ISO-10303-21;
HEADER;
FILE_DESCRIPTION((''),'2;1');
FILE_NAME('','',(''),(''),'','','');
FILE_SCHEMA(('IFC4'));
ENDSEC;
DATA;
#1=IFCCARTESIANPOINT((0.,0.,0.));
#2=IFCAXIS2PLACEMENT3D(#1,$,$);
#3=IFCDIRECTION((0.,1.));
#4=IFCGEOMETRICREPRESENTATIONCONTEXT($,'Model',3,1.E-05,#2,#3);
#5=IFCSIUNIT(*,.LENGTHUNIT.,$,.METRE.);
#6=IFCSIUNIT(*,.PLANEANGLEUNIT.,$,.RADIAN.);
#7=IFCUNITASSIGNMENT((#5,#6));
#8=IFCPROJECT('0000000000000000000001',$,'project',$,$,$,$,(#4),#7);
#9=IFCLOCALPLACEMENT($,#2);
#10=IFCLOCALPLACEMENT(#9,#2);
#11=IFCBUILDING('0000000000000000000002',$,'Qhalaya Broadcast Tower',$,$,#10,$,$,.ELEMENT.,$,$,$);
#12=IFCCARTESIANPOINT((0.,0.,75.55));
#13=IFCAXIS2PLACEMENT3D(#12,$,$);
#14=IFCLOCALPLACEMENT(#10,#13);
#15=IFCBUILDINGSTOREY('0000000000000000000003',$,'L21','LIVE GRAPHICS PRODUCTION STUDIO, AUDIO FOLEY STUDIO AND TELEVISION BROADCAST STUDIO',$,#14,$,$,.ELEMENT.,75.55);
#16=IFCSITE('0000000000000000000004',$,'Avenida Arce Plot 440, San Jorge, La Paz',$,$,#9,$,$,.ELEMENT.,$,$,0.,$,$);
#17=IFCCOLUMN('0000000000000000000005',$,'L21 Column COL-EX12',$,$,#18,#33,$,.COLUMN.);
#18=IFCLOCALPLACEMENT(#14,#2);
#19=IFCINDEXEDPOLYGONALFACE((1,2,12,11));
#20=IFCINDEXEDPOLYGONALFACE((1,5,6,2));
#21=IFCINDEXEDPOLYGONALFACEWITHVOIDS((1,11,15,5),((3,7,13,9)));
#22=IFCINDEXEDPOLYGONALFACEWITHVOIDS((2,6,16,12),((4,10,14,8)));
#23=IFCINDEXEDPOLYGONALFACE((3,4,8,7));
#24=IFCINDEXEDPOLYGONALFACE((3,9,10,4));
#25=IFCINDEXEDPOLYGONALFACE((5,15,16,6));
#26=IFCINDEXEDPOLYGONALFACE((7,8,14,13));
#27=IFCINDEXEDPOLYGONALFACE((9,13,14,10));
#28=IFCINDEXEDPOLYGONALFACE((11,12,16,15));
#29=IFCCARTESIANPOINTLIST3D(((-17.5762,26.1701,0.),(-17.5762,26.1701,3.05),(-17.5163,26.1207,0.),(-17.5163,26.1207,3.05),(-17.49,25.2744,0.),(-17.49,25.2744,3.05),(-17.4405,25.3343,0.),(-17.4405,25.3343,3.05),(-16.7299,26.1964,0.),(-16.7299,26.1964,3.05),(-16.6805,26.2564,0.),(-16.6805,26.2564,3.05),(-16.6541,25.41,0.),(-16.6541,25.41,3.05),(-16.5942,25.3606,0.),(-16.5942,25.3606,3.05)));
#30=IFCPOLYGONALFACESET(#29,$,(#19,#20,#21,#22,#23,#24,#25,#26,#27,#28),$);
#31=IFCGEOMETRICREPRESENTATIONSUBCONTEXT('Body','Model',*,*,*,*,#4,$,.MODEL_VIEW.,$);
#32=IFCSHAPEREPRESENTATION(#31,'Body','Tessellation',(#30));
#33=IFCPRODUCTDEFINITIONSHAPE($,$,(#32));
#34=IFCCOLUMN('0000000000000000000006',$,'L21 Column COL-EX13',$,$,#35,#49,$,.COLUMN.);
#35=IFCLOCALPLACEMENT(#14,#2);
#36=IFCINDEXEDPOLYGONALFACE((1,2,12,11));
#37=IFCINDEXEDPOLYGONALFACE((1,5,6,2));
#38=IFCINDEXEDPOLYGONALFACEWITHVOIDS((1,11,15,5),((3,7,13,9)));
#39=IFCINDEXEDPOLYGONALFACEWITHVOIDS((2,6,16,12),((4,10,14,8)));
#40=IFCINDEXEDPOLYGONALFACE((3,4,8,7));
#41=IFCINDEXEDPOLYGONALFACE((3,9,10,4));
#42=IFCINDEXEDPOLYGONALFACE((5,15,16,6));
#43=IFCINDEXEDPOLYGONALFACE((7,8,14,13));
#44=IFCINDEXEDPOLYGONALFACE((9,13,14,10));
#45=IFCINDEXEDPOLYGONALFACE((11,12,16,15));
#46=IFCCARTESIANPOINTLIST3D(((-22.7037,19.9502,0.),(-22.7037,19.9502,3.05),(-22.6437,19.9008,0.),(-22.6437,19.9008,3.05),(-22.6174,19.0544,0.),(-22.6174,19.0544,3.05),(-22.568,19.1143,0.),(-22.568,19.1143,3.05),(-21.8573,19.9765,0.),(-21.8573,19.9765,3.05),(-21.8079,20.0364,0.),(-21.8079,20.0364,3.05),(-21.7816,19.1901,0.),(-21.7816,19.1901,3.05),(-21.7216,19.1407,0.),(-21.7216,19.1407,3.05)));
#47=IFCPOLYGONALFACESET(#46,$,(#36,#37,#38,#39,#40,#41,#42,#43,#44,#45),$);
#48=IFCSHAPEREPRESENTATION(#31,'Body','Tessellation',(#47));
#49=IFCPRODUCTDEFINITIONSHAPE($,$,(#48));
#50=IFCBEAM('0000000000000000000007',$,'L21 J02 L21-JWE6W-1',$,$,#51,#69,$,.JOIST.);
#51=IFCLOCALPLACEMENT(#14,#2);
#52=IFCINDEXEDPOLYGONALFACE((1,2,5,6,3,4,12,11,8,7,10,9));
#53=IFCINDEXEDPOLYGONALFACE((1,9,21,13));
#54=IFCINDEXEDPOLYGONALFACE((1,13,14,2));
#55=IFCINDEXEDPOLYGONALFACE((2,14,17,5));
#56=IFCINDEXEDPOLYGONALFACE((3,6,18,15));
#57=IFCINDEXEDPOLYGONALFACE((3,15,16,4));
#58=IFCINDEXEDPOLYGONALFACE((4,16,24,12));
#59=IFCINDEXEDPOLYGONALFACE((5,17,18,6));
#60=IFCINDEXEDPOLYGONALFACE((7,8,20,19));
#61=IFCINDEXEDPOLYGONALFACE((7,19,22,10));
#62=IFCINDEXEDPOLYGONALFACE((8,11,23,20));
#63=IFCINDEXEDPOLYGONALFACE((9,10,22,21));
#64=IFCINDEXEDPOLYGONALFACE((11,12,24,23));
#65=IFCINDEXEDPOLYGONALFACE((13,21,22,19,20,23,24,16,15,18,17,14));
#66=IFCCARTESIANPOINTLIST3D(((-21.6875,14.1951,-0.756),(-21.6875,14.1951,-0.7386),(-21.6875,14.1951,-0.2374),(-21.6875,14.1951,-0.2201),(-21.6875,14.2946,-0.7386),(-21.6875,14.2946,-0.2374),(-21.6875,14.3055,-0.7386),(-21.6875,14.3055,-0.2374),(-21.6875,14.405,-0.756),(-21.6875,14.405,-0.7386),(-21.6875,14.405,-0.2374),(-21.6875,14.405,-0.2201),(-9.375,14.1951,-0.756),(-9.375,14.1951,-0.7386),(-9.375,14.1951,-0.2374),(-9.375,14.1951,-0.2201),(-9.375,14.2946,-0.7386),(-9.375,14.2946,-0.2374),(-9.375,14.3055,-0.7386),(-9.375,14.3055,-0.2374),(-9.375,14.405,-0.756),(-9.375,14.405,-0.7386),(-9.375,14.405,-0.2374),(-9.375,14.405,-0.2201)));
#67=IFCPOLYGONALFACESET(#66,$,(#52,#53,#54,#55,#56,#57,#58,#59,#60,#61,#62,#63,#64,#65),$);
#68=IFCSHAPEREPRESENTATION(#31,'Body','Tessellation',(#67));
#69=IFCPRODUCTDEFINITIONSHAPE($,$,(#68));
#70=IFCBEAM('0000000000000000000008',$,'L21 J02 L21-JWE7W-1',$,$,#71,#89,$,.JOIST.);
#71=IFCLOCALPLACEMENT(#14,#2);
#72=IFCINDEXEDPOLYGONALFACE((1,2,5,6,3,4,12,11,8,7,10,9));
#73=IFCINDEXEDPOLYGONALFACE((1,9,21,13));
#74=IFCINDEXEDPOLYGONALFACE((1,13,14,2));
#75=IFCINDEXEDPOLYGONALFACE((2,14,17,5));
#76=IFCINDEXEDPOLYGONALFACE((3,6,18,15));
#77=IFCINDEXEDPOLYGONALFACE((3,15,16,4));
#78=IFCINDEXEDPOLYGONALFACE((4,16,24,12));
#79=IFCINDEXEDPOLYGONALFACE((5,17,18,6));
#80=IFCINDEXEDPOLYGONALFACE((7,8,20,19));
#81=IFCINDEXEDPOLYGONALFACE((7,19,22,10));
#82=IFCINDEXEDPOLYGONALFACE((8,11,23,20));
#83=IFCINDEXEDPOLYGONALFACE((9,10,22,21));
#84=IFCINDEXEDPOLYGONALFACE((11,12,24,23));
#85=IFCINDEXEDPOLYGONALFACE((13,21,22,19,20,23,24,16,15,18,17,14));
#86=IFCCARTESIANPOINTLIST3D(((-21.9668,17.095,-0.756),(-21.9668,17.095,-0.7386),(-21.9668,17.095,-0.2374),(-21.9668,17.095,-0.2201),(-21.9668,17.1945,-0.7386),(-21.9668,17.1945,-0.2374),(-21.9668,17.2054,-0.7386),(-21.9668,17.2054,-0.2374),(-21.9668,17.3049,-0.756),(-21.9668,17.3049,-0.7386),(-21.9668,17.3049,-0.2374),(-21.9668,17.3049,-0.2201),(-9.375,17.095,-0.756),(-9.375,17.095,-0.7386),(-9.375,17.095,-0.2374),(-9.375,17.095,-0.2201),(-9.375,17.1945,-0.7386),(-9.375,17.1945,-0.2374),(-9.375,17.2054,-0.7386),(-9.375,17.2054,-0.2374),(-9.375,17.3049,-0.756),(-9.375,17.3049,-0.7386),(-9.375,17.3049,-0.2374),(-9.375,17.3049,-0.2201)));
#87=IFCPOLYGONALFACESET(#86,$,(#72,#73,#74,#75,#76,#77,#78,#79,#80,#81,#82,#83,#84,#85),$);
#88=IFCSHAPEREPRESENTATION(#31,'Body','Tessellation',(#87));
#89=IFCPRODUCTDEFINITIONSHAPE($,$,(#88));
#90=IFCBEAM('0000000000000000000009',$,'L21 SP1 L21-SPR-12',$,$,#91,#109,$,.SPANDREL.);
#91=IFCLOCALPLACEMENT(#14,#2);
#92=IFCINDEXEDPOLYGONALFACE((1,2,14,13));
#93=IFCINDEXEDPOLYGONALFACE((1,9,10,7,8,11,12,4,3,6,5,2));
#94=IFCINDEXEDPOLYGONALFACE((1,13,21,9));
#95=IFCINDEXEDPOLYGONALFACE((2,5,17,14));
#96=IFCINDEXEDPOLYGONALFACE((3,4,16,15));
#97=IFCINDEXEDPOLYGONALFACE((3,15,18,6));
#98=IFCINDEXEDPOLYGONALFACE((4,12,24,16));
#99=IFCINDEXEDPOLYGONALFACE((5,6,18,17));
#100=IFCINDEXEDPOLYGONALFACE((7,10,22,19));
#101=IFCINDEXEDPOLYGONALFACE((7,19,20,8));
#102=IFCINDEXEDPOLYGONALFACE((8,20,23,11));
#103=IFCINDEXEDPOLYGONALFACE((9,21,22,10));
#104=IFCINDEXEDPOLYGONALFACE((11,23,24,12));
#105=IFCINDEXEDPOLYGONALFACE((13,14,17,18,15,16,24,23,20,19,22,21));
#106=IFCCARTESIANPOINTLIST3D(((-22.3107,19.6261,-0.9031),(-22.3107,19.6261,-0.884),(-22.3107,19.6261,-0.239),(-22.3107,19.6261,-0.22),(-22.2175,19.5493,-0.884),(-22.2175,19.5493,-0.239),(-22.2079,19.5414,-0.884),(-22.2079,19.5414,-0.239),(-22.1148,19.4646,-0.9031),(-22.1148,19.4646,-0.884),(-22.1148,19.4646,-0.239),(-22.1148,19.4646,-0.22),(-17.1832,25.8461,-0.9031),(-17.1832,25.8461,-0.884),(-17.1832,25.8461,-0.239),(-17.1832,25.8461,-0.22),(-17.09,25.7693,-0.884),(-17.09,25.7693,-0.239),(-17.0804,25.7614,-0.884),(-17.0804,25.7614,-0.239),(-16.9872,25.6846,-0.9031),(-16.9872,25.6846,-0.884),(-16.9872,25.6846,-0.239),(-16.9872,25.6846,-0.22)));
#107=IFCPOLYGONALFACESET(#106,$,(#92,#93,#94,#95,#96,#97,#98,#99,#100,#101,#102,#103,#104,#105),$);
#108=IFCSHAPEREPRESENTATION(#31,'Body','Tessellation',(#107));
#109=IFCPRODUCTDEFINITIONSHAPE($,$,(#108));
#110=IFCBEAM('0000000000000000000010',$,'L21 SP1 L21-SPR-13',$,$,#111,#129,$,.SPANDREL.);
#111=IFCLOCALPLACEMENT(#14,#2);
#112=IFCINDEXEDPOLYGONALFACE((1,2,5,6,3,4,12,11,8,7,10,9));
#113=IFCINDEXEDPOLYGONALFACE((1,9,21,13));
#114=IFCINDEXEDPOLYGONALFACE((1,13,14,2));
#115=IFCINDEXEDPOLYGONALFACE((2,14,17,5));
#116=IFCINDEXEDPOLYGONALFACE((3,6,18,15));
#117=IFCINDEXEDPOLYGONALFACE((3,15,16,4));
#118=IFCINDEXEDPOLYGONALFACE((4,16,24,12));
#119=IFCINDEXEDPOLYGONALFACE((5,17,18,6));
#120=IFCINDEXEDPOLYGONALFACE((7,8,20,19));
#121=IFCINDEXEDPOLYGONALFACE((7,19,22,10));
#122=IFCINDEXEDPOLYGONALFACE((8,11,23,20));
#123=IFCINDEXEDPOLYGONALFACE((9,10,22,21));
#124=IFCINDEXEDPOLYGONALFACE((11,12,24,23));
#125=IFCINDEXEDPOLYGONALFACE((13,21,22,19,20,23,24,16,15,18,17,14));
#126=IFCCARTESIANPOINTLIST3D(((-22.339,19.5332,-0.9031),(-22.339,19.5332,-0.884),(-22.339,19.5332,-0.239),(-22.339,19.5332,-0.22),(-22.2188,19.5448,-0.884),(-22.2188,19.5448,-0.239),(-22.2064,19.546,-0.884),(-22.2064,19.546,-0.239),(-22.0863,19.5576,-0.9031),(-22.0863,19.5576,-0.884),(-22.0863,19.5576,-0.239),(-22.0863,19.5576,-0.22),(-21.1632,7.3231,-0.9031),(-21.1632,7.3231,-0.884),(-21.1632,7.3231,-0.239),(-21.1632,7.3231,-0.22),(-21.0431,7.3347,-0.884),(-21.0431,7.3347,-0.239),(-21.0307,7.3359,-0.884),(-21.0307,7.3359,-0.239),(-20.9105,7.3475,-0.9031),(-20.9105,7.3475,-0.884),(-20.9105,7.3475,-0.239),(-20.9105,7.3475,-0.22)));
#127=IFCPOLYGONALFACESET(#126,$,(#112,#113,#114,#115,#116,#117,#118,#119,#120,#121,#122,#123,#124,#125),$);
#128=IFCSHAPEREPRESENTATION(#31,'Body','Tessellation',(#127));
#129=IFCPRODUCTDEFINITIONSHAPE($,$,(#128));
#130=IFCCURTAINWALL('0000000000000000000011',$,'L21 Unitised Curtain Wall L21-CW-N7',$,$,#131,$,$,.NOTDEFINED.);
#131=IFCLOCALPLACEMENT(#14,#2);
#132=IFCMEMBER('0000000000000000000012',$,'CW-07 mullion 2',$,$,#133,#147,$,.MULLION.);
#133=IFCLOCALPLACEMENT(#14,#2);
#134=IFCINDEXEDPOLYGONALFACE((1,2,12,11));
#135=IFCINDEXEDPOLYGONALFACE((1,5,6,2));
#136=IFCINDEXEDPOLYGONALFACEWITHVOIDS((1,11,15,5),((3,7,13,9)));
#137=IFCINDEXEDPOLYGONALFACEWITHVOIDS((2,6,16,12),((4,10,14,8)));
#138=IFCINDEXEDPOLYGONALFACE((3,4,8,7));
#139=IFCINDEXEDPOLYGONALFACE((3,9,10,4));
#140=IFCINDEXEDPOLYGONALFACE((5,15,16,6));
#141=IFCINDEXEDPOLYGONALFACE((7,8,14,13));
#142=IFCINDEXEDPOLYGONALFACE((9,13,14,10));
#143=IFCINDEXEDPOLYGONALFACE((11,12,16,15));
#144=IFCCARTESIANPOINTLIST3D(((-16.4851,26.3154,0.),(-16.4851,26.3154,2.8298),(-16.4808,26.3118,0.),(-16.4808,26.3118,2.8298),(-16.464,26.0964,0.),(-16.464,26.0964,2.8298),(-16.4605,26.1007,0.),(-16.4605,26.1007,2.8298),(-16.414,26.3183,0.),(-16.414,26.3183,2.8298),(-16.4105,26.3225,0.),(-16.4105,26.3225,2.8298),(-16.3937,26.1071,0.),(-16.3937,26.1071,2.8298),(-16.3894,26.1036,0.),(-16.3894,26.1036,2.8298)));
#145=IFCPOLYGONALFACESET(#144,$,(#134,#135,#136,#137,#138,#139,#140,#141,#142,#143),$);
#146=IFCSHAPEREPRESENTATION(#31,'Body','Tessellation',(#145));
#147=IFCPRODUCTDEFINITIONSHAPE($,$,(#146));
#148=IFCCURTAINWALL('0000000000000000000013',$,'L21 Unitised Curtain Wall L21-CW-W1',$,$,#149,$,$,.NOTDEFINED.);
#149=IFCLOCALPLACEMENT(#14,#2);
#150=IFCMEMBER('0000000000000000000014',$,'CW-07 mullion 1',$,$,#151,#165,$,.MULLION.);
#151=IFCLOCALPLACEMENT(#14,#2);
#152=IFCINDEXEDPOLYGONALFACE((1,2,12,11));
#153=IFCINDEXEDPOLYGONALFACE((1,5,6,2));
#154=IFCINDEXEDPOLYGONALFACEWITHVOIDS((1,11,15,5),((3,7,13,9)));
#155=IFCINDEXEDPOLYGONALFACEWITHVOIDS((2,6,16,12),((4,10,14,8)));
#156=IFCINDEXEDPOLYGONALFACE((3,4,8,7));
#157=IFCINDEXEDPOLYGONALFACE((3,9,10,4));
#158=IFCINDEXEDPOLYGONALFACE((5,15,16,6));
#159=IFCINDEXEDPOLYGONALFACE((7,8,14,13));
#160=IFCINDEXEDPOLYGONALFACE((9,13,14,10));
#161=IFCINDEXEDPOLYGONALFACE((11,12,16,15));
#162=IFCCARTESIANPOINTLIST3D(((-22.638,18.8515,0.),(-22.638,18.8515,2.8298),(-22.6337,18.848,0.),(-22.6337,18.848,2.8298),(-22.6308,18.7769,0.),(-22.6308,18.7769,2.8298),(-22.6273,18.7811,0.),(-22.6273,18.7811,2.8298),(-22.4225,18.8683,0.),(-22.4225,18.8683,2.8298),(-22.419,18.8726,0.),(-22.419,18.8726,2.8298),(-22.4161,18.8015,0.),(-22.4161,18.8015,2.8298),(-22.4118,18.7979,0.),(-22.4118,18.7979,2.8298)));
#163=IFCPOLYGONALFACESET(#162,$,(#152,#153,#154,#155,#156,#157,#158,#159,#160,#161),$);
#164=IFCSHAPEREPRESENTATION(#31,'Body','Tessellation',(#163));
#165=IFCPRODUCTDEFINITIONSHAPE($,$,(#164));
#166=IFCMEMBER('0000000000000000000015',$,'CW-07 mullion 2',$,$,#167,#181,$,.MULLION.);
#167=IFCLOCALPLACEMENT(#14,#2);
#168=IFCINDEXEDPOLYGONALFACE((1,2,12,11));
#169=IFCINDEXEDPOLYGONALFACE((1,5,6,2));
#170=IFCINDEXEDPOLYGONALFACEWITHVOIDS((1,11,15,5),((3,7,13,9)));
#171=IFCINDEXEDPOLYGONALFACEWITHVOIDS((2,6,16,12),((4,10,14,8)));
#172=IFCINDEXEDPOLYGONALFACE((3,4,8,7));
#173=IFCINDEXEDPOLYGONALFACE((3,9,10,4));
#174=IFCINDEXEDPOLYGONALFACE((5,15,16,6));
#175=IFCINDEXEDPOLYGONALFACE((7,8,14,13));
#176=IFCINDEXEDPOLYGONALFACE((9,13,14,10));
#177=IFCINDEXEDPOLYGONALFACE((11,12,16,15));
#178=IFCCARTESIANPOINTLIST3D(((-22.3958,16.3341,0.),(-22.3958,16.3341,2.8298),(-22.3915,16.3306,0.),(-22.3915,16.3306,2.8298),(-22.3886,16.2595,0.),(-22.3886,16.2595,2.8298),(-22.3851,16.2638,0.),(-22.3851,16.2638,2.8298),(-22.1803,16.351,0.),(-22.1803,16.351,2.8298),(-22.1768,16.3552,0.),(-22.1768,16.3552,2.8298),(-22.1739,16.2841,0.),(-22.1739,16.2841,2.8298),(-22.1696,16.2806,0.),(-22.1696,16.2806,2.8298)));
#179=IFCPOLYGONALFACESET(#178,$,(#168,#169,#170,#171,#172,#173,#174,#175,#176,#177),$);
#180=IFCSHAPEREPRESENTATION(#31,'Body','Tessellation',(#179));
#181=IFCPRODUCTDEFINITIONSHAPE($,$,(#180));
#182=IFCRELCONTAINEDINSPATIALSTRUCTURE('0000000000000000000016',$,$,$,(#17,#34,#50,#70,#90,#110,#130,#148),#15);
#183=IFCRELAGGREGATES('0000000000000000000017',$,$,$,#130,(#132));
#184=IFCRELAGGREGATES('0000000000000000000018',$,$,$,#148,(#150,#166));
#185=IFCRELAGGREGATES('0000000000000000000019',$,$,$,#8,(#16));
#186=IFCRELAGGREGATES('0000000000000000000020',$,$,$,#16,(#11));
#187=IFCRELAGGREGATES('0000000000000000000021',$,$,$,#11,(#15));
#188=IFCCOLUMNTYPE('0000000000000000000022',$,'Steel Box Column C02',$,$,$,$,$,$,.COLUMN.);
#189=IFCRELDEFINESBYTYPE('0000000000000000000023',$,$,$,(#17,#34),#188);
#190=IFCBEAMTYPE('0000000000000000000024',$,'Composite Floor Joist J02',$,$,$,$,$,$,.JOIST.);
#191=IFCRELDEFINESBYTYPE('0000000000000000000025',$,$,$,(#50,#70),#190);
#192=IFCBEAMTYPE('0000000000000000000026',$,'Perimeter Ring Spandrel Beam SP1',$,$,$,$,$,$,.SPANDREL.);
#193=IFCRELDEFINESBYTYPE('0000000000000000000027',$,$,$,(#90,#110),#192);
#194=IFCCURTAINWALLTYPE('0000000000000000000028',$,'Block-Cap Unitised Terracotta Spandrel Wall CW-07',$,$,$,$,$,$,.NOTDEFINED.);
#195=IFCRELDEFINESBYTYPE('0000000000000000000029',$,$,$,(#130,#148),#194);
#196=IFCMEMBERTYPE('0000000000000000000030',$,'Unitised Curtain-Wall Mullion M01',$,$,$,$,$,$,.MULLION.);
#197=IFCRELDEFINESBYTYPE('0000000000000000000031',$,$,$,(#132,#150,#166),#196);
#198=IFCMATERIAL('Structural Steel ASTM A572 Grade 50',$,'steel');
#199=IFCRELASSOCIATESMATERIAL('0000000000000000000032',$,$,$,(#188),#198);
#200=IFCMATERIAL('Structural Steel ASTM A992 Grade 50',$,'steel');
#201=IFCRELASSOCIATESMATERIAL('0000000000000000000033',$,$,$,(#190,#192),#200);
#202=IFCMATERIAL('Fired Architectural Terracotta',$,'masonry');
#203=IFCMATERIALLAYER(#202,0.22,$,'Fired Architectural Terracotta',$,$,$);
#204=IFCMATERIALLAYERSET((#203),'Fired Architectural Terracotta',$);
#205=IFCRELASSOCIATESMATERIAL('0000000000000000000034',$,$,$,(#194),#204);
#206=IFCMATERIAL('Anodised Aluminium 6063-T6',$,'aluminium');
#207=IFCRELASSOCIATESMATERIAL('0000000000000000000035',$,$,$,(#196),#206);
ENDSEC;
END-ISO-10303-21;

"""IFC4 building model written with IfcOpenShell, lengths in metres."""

from ifc_helpers import new_model, si_unit, direction, frame, origin, origin_2d, place, context, subcontext, project, spatial, hollow_rectangle, i_section, extrude, material, layer, layer_set, material_profile, profile_set, type_object, element, aggregate, save


model = new_model("IFC4")

# Units and contexts
model_context = context("Model", 3, precision=1e-05, world=origin(), true_north=direction((0.0, 1.0)))
body_context = subcontext(model_context, "Body", "Model", "MODEL_VIEW")
ifc_project = project(units=[si_unit("LENGTHUNIT", "METRE"), si_unit("PLANEANGLEUNIT", "RADIAN")], contexts=[model_context])

# Site, building, storey
site_placement = place(None, origin())
site = spatial("IfcSite", under=ifc_project, at=site_placement, Name="Avenida Arce Plot 440, San Jorge, La Paz", CompositionType="ELEMENT", RefElevation=0.0)
building_placement = place(site_placement, origin())
building = spatial("IfcBuilding", under=site, at=building_placement, Name="Qhalaya Broadcast Tower", CompositionType="ELEMENT")
storey_placement = place(building_placement, frame((0.0, 0.0, 75.55)))
storey = spatial("IfcBuildingStorey", under=building, at=storey_placement, Name="L21", Description="LIVE GRAPHICS PRODUCTION STUDIO, AUDIO FOLEY STUDIO AND TELEVISION BROADCAST STUDIO", CompositionType="ELEMENT", Elevation=75.55)

# Columns
ifc_material_1 = material(Name="Structural Steel ASTM A572 Grade 50", Category="steel")
ifc_material_profile_1 = material_profile(ifc_material_1, hollow_rectangle(XDim=0.8999, YDim=0.8999, WallThickness=0.0549, at=origin_2d()), Name="BOX 900x900x55")
ifc_profile_set_1 = profile_set([ifc_material_profile_1], Name="Structural Steel ASTM A572 Grade 50")
column_type = type_object("IfcColumnType", Name="Steel Box Column C02", PredefinedType="COLUMN", material=ifc_profile_set_1)
for number, where, z_axis, x_axis, name in (
    (1, (-17.0852, 25.7654, 0.0), (0.0, 0.0, 1.0), (0.995396, 0.095846, 0.0), "L21 Column COL-EX12"),
    (2, (-22.2126, 19.5454, 0.0), (0.0, 0.0, 1.0), (-0.095846, 0.995396, 0.0), "L21 Column COL-EX13"),
):
    element("IfcColumn", number, at=place(storey_placement, frame(where, z_axis=z_axis, x_axis=x_axis)), inside=storey, type_object=column_type, Name=name, PredefinedType="COLUMN", context=body_context, shape_type="SweptSolid", body=[
        extrude(hollow_rectangle(XDim=0.8999, YDim=0.8999, WallThickness=0.0549, at=origin_2d()), origin(), (0.0, 0.0, 1.0), 3.05),
    ])

# Beams
ifc_material_2 = material(Name="Structural Steel ASTM A992 Grade 50", Category="steel")
ifc_material_profile_2 = material_profile(ifc_material_2, i_section(OverallWidth=0.21, OverallDepth=0.5359, WebThickness=0.011, FlangeThickness=0.0173, at=origin_2d()), Name="W21X68")
ifc_profile_set_2 = profile_set([ifc_material_profile_2], Name="Structural Steel ASTM A992 Grade 50")
beam_type_1 = type_object("IfcBeamType", Name="Composite Floor Joist J02", PredefinedType="JOIST", material=ifc_profile_set_2)
beam_1_placement = place(storey_placement, frame((-21.6875, 14.3, -0.488), z_axis=(1.0, 0.0, 0.0), x_axis=(0.0, 1.0, 0.0)))
element("IfcBeam", 3, at=beam_1_placement, inside=storey, type_object=beam_type_1, Name="L21 J02 L21-JWE6W-1", PredefinedType="JOIST", context=body_context, shape_type="SweptSolid", body=[
    extrude(i_section(OverallWidth=0.21, OverallDepth=0.5359, WebThickness=0.011, FlangeThickness=0.0173, at=origin_2d()), origin(), (0.0, 0.0, 1.0), 12.3125),
])
beam_2_placement = place(storey_placement, frame((-21.9668, 17.2, -0.488), z_axis=(1.0, 0.0, 0.0), x_axis=(0.0, 1.0, 0.0)))
element("IfcBeam", 4, at=beam_2_placement, inside=storey, type_object=beam_type_1, Name="L21 J02 L21-JWE7W-1", PredefinedType="JOIST", context=body_context, shape_type="SweptSolid", body=[
    extrude(i_section(OverallWidth=0.21, OverallDepth=0.5359, WebThickness=0.011, FlangeThickness=0.0173, at=origin_2d()), origin(), (0.0, 0.0, 1.0), 12.5918),
])
ifc_material_profile_3 = material_profile(ifc_material_2, i_section(OverallWidth=0.2539, OverallDepth=0.6831, WebThickness=0.0125, FlangeThickness=0.019, at=origin_2d()), Name="W27X94")
ifc_profile_set_3 = profile_set([ifc_material_profile_3], Name="Structural Steel ASTM A992 Grade 50")
beam_type_2 = type_object("IfcBeamType", Name="Perimeter Ring Spandrel Beam SP1", PredefinedType="SPANDREL", material=ifc_profile_set_3)
beam_3_placement = place(storey_placement, frame((-17.0852, 25.7654, -0.5615), z_axis=(-0.636085, -0.771619, 0.0), x_axis=(0.771619, -0.636085, 0.0)))
element("IfcBeam", 5, at=beam_3_placement, inside=storey, type_object=beam_type_2, Name="L21 SP1 L21-SPR-12", PredefinedType="SPANDREL", context=body_context, shape_type="SweptSolid", body=[
    extrude(i_section(OverallWidth=0.2539, OverallDepth=0.6831, WebThickness=0.0125, FlangeThickness=0.019, at=origin_2d()), origin(), (0.0, 0.0, 1.0), 8.061),
])
beam_4_placement = place(storey_placement, frame((-22.2126, 19.5454, -0.5615), z_axis=(0.095852, -0.995396, 0.0), x_axis=(0.995396, 0.095852, 0.0)))
element("IfcBeam", 6, at=beam_4_placement, inside=storey, type_object=beam_type_2, Name="L21 SP1 L21-SPR-13", PredefinedType="SPANDREL", context=body_context, shape_type="SweptSolid", body=[
    extrude(i_section(OverallWidth=0.2539, OverallDepth=0.6831, WebThickness=0.0125, FlangeThickness=0.019, at=origin_2d()), origin(), (0.0, 0.0, 1.0), 12.2666),
])

# Curtain wall, member
ifc_material_3 = material(Name="Fired Architectural Terracotta", Category="masonry")
ifc_layer_1 = layer(ifc_material_3, 0.22, Name="Fired Architectural Terracotta")
ifc_layer_set_1 = layer_set([ifc_layer_1], Name="Fired Architectural Terracotta")
curtain_wall_type_1 = type_object("IfcCurtainWallType", Name="Block-Cap Unitised Terracotta Spandrel Wall CW-07", PredefinedType="NOTDEFINED", material=ifc_layer_set_1)
curtain_wall_1_placement = place(storey_placement, origin())
curtain_wall_1 = element("IfcCurtainWall", 7, at=curtain_wall_1_placement, inside=storey, type_object=curtain_wall_type_1, Name="L21 Unitised Curtain Wall L21-CW-N7", PredefinedType="NOTDEFINED")
ifc_material_4 = material(Name="Anodised Aluminium 6063-T6", Category="aluminium")
ifc_material_profile_4 = material_profile(ifc_material_4, hollow_rectangle(XDim=0.075, YDim=0.22, WallThickness=0.0039, at=origin_2d()), Name="ALU-MUL 75x220x4")
ifc_profile_set_4 = profile_set([ifc_material_profile_4], Name="Anodised Aluminium 6063-T6")
member_type_1 = type_object("IfcMemberType", Name="Unitised Curtain-Wall Mullion M01", PredefinedType="MULLION", material=ifc_profile_set_4)
member_1_placement = place(storey_placement, frame((-16.4373, 26.2095, 0.0), z_axis=(0.0, 0.0, 1.0), x_axis=(-0.995397, -0.095834, 0.0)))
member_1 = element("IfcMember", 8, at=member_1_placement, type_object=member_type_1, Name="CW-07 mullion 2", PredefinedType="MULLION", context=body_context, shape_type="SweptSolid", body=[
    extrude(hollow_rectangle(XDim=0.075, YDim=0.22, WallThickness=0.0039, at=origin_2d()), origin(), (0.0, 0.0, 1.0), 2.8298),
])

# Curtain wall, members
curtain_wall_2_placement = place(storey_placement, origin())
curtain_wall_2 = element("IfcCurtainWall", 9, at=curtain_wall_2_placement, inside=storey, type_object=curtain_wall_type_1, Name="L21 Unitised Curtain Wall L21-CW-W1", PredefinedType="NOTDEFINED")
member_2_placement = place(storey_placement, frame((-22.5249, 18.8247, 0.0), z_axis=(0.0, 0.0, 1.0), x_axis=(0.095853, -0.995396, 0.0)))
member_2 = element("IfcMember", 10, at=member_2_placement, type_object=member_type_1, Name="CW-07 mullion 1", PredefinedType="MULLION", context=body_context, shape_type="SweptSolid", body=[
    extrude(hollow_rectangle(XDim=0.075, YDim=0.22, WallThickness=0.0039, at=origin_2d()), origin(), (0.0, 0.0, 1.0), 2.8298),
])
member_3_placement = place(storey_placement, frame((-22.2827, 16.3074, 0.0), z_axis=(0.0, 0.0, 1.0), x_axis=(0.095853, -0.995396, 0.0)))
member_3 = element("IfcMember", 11, at=member_3_placement, type_object=member_type_1, Name="CW-07 mullion 2", PredefinedType="MULLION", context=body_context, shape_type="SweptSolid", body=[
    extrude(hollow_rectangle(XDim=0.075, YDim=0.22, WallThickness=0.0039, at=origin_2d()), origin(), (0.0, 0.0, 1.0), 2.8298),
])

aggregate(curtain_wall_1, [member_1])
aggregate(curtain_wall_2, [member_2, member_3])

save(model, "model.ifc")
